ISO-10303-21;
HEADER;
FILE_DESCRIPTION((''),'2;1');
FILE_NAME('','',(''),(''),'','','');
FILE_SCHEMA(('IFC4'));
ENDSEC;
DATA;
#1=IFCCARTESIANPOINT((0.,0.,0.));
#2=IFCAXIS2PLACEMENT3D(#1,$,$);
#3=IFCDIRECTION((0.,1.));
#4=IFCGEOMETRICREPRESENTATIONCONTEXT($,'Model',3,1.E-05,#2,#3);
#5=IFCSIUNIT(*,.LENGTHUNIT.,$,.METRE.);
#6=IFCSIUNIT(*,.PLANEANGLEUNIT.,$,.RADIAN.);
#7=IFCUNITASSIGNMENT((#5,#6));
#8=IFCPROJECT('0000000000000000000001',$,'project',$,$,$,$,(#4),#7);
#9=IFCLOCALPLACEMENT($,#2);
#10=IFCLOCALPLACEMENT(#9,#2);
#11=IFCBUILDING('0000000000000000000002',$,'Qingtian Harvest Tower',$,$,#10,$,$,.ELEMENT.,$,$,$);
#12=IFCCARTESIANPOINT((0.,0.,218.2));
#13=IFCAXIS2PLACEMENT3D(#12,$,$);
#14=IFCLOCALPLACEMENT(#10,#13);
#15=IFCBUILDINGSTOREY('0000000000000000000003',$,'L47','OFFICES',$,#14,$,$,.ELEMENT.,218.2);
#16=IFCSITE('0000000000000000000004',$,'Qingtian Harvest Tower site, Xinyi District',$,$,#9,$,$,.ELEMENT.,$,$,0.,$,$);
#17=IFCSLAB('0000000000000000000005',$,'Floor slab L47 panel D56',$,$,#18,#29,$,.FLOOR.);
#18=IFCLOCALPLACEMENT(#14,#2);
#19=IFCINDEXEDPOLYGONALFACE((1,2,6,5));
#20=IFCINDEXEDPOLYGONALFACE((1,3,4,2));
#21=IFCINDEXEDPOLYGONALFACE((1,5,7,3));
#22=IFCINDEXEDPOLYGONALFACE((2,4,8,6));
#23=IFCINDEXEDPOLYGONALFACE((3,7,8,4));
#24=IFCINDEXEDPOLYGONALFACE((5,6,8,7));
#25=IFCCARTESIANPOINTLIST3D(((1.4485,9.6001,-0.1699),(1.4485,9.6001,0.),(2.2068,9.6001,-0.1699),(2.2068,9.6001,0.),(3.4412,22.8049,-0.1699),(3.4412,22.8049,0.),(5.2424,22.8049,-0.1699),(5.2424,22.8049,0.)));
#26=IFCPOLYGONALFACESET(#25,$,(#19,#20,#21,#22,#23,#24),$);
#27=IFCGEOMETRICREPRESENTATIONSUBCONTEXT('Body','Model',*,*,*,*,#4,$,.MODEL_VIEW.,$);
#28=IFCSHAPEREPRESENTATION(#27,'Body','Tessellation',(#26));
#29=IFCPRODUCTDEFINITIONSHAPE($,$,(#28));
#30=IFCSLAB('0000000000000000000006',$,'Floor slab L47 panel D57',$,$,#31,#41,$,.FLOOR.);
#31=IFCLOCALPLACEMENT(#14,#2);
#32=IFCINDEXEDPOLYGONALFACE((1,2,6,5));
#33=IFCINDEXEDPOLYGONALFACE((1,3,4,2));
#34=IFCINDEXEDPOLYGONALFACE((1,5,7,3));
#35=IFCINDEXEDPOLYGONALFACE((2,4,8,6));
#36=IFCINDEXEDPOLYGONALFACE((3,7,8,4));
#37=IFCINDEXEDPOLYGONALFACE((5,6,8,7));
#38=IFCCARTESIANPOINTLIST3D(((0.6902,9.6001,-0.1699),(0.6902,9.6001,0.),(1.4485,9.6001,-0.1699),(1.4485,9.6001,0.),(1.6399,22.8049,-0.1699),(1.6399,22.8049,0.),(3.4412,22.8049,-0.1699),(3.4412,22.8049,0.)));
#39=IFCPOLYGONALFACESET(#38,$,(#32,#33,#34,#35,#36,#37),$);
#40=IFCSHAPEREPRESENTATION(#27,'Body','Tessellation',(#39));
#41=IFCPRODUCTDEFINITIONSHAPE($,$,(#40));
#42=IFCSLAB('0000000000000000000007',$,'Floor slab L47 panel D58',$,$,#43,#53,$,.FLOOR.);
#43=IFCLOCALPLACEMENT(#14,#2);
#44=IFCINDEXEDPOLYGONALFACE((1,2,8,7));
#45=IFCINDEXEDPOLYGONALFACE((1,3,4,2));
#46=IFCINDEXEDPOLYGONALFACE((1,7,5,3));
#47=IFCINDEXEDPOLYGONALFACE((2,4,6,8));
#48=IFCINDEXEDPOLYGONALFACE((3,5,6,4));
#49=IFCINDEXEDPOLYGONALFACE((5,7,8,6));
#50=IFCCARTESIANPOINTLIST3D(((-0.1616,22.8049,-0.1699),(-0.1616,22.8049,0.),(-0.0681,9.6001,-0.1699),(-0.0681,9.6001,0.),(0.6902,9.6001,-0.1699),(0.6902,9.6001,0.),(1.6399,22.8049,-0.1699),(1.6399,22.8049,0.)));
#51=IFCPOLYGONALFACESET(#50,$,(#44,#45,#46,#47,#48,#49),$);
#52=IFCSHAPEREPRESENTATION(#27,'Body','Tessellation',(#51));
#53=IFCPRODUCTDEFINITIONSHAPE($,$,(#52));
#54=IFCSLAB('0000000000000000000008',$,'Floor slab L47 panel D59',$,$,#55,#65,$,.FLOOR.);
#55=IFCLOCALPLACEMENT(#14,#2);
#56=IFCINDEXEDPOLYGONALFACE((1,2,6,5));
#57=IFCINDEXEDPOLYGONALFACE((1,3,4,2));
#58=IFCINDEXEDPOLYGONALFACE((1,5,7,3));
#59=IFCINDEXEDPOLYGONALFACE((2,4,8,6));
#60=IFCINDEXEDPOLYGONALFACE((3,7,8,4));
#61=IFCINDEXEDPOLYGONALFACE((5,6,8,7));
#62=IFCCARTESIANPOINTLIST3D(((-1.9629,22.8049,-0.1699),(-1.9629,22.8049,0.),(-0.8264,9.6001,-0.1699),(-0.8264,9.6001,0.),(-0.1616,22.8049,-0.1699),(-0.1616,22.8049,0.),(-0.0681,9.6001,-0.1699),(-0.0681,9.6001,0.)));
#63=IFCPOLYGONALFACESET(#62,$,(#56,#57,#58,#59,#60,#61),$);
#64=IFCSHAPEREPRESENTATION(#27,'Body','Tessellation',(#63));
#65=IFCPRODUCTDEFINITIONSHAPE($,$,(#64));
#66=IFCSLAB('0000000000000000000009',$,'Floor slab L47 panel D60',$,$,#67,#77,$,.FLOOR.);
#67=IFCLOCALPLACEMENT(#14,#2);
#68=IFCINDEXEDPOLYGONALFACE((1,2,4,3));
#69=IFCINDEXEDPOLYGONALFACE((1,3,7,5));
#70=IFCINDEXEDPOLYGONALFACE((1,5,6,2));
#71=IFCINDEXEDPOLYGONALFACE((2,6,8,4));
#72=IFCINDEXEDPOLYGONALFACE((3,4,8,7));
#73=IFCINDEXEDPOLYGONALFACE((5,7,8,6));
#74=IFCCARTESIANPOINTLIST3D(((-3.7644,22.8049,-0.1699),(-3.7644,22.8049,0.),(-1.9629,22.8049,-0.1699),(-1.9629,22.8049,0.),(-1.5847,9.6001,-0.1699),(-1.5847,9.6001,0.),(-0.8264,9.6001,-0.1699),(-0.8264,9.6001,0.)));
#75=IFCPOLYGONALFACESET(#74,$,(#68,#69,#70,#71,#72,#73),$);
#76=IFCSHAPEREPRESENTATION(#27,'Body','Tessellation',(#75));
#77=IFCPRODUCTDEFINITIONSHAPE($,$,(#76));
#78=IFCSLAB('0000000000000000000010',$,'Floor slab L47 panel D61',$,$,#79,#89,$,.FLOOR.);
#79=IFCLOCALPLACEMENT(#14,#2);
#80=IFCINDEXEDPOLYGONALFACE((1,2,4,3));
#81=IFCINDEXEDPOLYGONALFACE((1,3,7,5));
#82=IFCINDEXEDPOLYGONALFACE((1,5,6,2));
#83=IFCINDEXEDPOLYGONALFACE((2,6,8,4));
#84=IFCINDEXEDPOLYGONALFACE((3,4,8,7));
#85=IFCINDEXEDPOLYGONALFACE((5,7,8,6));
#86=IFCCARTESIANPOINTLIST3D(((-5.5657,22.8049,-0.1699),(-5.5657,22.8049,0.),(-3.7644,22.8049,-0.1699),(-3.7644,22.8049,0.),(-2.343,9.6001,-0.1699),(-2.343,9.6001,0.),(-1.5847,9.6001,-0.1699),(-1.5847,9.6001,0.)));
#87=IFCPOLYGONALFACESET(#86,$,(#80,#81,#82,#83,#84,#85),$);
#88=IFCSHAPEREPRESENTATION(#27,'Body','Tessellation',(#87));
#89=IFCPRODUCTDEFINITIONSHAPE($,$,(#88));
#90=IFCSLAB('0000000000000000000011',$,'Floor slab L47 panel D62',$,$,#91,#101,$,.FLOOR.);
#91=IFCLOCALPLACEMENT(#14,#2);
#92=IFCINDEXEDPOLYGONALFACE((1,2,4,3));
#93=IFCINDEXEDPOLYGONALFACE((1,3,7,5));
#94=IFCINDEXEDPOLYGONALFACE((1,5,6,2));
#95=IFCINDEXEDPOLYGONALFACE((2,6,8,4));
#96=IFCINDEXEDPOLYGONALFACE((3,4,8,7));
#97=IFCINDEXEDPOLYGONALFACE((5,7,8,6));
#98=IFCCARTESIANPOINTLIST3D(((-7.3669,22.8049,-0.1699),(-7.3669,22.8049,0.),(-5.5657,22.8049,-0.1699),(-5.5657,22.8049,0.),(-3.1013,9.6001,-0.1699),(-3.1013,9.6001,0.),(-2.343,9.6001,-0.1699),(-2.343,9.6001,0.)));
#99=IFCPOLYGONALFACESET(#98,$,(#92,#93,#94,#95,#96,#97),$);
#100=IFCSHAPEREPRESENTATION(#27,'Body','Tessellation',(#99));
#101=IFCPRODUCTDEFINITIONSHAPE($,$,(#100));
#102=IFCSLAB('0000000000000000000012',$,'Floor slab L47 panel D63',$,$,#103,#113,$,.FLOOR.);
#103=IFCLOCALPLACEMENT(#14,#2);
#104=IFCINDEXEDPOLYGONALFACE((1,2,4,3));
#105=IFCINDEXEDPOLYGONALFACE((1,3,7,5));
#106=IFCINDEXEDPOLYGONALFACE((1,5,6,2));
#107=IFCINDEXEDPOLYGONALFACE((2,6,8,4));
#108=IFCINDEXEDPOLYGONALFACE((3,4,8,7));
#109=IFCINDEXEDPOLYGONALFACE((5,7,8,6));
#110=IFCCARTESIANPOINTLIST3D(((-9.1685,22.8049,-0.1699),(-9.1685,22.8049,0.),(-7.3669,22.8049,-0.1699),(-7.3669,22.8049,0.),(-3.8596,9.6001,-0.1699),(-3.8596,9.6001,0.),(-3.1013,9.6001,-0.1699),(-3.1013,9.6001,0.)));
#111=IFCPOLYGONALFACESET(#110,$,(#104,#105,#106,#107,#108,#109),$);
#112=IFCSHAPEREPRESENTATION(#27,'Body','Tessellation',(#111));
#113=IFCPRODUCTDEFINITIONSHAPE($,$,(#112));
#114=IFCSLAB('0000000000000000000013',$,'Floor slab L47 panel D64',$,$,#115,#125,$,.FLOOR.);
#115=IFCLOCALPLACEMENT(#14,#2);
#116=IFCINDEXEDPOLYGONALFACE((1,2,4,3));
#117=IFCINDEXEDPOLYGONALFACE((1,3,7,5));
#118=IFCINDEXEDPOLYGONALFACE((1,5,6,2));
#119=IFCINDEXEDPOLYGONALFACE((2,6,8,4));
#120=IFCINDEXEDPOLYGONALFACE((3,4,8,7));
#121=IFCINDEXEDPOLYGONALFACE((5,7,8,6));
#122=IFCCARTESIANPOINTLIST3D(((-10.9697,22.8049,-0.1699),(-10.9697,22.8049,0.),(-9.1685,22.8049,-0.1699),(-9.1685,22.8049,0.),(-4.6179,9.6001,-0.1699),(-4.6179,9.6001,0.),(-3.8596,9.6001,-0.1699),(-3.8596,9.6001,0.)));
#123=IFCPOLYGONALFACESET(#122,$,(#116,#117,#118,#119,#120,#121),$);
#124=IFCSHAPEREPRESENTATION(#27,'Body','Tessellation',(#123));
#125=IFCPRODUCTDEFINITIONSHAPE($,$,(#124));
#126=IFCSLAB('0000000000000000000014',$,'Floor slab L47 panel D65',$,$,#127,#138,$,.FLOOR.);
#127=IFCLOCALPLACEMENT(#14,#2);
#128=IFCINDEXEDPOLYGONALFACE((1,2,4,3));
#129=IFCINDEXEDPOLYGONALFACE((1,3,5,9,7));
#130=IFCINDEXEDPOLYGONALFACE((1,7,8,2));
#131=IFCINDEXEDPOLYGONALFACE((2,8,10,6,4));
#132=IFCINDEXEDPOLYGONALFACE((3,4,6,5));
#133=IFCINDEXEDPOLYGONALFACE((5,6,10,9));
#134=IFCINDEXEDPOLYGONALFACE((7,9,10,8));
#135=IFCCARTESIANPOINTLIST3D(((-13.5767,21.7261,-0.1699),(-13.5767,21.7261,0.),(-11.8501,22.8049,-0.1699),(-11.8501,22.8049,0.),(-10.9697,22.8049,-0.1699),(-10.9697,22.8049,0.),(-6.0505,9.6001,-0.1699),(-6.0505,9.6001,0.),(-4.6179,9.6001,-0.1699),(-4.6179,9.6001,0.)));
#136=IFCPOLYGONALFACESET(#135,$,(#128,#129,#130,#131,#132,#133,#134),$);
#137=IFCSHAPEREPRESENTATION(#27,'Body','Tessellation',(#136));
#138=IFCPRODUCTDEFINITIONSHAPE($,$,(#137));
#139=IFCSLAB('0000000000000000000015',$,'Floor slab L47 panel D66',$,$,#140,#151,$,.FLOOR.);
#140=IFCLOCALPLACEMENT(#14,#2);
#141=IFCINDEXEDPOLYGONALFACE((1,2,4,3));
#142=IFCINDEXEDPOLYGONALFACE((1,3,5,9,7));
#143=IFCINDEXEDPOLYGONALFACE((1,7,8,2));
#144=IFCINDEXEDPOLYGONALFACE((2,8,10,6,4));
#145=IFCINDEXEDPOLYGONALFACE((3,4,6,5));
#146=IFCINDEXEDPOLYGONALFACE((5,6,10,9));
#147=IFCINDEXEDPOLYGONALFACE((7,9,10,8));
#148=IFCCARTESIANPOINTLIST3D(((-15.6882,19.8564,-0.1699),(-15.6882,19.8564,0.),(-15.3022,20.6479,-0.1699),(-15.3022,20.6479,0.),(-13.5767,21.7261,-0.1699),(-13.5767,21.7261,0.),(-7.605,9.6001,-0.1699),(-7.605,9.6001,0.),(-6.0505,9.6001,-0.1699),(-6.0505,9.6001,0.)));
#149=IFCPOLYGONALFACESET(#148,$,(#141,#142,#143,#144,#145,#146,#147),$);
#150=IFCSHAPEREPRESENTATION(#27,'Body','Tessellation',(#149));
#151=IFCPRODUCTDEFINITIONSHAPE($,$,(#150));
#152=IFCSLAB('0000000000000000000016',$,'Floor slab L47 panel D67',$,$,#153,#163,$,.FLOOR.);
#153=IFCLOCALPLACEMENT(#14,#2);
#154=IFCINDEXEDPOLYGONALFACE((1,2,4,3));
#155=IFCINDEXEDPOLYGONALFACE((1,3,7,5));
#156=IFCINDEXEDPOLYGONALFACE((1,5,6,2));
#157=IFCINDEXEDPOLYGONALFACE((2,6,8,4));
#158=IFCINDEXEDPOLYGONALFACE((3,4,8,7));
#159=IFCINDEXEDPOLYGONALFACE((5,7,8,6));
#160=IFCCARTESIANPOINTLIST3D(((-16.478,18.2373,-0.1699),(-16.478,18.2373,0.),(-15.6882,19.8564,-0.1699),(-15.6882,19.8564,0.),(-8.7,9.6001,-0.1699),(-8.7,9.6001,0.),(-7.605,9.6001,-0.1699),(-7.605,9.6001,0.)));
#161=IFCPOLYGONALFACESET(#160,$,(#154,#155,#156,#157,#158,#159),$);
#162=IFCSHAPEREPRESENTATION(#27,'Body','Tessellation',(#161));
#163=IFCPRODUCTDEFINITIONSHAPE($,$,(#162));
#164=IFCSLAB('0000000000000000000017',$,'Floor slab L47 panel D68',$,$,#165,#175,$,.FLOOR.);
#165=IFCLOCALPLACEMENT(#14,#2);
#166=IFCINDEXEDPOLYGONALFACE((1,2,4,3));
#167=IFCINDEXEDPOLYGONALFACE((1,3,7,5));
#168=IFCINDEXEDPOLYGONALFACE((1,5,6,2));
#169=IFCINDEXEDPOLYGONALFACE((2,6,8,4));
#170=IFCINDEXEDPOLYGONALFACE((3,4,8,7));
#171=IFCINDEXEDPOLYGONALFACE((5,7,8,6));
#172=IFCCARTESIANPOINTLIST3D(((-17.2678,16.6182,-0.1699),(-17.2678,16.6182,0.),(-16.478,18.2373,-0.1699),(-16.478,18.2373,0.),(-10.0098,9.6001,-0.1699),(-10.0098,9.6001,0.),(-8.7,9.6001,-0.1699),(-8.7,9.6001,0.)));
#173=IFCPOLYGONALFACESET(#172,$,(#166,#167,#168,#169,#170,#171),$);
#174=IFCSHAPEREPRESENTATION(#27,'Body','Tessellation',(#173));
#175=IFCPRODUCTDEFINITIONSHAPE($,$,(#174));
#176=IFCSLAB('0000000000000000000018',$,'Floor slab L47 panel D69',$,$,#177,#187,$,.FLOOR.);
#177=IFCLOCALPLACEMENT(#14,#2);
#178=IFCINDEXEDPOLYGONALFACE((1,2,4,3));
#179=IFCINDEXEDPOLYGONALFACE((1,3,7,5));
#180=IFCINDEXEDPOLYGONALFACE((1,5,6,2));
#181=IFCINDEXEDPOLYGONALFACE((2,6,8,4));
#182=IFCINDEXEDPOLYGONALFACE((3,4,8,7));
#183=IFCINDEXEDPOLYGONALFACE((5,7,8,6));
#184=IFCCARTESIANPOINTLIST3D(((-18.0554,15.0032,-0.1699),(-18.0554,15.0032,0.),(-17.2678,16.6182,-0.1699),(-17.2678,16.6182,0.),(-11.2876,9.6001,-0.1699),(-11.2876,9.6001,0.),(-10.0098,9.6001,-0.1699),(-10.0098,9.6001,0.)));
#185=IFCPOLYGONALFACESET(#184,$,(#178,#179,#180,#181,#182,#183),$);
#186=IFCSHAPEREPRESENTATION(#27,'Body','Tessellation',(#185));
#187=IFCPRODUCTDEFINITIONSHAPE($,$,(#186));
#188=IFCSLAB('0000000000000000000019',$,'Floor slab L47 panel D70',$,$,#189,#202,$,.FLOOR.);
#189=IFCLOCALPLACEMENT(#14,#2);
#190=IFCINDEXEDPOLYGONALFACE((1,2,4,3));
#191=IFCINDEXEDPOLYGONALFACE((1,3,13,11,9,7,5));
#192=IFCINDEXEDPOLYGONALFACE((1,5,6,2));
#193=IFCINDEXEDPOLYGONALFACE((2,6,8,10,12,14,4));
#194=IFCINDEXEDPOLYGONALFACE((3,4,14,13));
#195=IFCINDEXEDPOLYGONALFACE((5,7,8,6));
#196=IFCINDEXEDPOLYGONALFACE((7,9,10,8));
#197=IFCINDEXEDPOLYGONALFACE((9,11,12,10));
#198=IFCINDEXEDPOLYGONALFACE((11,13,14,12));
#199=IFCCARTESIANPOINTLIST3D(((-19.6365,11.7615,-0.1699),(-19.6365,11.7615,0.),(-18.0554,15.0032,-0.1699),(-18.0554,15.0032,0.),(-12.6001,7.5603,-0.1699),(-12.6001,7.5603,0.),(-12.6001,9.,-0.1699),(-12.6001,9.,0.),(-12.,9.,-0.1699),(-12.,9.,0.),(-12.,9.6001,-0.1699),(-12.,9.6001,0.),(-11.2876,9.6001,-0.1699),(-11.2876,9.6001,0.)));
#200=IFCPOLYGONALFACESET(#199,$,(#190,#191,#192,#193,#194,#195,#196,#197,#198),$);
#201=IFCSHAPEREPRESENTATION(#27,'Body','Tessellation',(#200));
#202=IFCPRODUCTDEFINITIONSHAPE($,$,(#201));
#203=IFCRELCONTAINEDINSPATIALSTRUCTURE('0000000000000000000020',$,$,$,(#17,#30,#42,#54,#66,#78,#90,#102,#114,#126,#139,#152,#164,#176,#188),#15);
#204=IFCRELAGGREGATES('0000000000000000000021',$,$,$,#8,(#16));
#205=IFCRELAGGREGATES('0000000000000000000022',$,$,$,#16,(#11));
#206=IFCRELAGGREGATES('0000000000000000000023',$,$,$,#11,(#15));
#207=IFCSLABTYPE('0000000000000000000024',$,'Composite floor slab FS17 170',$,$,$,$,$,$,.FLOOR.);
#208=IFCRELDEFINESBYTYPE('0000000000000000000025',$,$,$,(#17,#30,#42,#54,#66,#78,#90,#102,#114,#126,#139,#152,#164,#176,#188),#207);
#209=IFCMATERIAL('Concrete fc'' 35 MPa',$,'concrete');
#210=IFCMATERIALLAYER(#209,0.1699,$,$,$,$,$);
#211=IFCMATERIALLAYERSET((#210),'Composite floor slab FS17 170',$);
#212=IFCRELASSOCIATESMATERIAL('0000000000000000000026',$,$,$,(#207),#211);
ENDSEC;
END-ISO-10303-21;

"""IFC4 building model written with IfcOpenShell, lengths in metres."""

from ifc_helpers import new_model, si_unit, direction, frame, origin, place, context, subcontext, project, spatial, polyline, outline, extrude, material, layer, layer_set, type_object, element, save


model = new_model("IFC4")

# Units and contexts
model_context = context("Model", 3, precision=1e-05, world=origin(), true_north=direction((0.0, 1.0)))
body_context = subcontext(model_context, "Body", "Model", "MODEL_VIEW")
ifc_project = project(units=[si_unit("LENGTHUNIT", "METRE"), si_unit("PLANEANGLEUNIT", "RADIAN")], contexts=[model_context])

# Site, building, storey
site_placement = place(None, origin())
site = spatial("IfcSite", under=ifc_project, at=site_placement, Name="Qingtian Harvest Tower site, Xinyi District", CompositionType="ELEMENT", RefElevation=0.0)
building_placement = place(site_placement, origin())
building = spatial("IfcBuilding", under=site, at=building_placement, Name="Qingtian Harvest Tower", CompositionType="ELEMENT")
storey_placement = place(building_placement, frame((0.0, 0.0, 218.2)))
storey = spatial("IfcBuildingStorey", under=building, at=storey_placement, Name="L47", Description="OFFICES", CompositionType="ELEMENT", Elevation=218.2)

# Slabs
ifc_material_1 = material(Name="Concrete fc' 35 MPa", Category="concrete")
ifc_layer_1 = layer(ifc_material_1, 0.1699)
ifc_layer_set_1 = layer_set([ifc_layer_1], Name="Composite floor slab FS17 170")
slab_type = type_object("IfcSlabType", Name="Composite floor slab FS17 170", PredefinedType="FLOOR", material=ifc_layer_set_1)
slab_1_placement = place(storey_placement, frame((0.0, 0.0, -0.1699)))
element("IfcSlab", 1, at=slab_1_placement, inside=storey, type_object=slab_type, Name="Floor slab L47 panel D56", PredefinedType="FLOOR", context=body_context, shape_type="SweptSolid", body=[
    extrude(outline(polyline([(1.4485, 9.6001), (3.4412, 22.8049), (5.2424, 22.8049), (2.2068, 9.6001), (1.4485, 9.6001)])), origin(), (0.0, 0.0, 1.0), 0.1699),
])
slab_2_placement = place(storey_placement, frame((0.0, 0.0, -0.1699)))
element("IfcSlab", 2, at=slab_2_placement, inside=storey, type_object=slab_type, Name="Floor slab L47 panel D57", PredefinedType="FLOOR", context=body_context, shape_type="SweptSolid", body=[
    extrude(outline(polyline([(0.6902, 9.6001), (1.6399, 22.8049), (3.4412, 22.8049), (1.4485, 9.6001), (0.6902, 9.6001)])), origin(), (0.0, 0.0, 1.0), 0.1699),
])
slab_3_placement = place(storey_placement, frame((0.0, 0.0, -0.1699)))
element("IfcSlab", 3, at=slab_3_placement, inside=storey, type_object=slab_type, Name="Floor slab L47 panel D58", PredefinedType="FLOOR", context=body_context, shape_type="SweptSolid", body=[
    extrude(outline(polyline([(-0.0681, 9.6001), (-0.1616, 22.8049), (1.6399, 22.8049), (0.6902, 9.6001), (-0.0681, 9.6001)])), origin(), (0.0, 0.0, 1.0), 0.1699),
])
slab_4_placement = place(storey_placement, frame((0.0, 0.0, -0.1699)))
element("IfcSlab", 4, at=slab_4_placement, inside=storey, type_object=slab_type, Name="Floor slab L47 panel D59", PredefinedType="FLOOR", context=body_context, shape_type="SweptSolid", body=[
    extrude(outline(polyline([(-0.8264, 9.6001), (-1.9629, 22.8049), (-0.1616, 22.8049), (-0.0681, 9.6001), (-0.8264, 9.6001)])), origin(), (0.0, 0.0, 1.0), 0.1699),
])
slab_5_placement = place(storey_placement, frame((0.0, 0.0, -0.1699)))
element("IfcSlab", 5, at=slab_5_placement, inside=storey, type_object=slab_type, Name="Floor slab L47 panel D60", PredefinedType="FLOOR", context=body_context, shape_type="SweptSolid", body=[
    extrude(outline(polyline([(-1.5847, 9.6001), (-3.7644, 22.8049), (-1.9629, 22.8049), (-0.8264, 9.6001), (-1.5847, 9.6001)])), origin(), (0.0, 0.0, 1.0), 0.1699),
])
slab_6_placement = place(storey_placement, frame((0.0, 0.0, -0.1699)))
element("IfcSlab", 6, at=slab_6_placement, inside=storey, type_object=slab_type, Name="Floor slab L47 panel D61", PredefinedType="FLOOR", context=body_context, shape_type="SweptSolid", body=[
    extrude(outline(polyline([(-2.343, 9.6001), (-5.5657, 22.8049), (-3.7644, 22.8049), (-1.5847, 9.6001), (-2.343, 9.6001)])), origin(), (0.0, 0.0, 1.0), 0.1699),
])
slab_7_placement = place(storey_placement, frame((0.0, 0.0, -0.1699)))
element("IfcSlab", 7, at=slab_7_placement, inside=storey, type_object=slab_type, Name="Floor slab L47 panel D62", PredefinedType="FLOOR", context=body_context, shape_type="SweptSolid", body=[
    extrude(outline(polyline([(-3.1013, 9.6001), (-7.3669, 22.8049), (-5.5657, 22.8049), (-2.343, 9.6001), (-3.1013, 9.6001)])), origin(), (0.0, 0.0, 1.0), 0.1699),
])
slab_8_placement = place(storey_placement, frame((0.0, 0.0, -0.1699)))
element("IfcSlab", 8, at=slab_8_placement, inside=storey, type_object=slab_type, Name="Floor slab L47 panel D63", PredefinedType="FLOOR", context=body_context, shape_type="SweptSolid", body=[
    extrude(outline(polyline([(-3.8596, 9.6001), (-9.1685, 22.8049), (-7.3669, 22.8049), (-3.1013, 9.6001), (-3.8596, 9.6001)])), origin(), (0.0, 0.0, 1.0), 0.1699),
])
slab_9_placement = place(storey_placement, frame((0.0, 0.0, -0.1699)))
element("IfcSlab", 9, at=slab_9_placement, inside=storey, type_object=slab_type, Name="Floor slab L47 panel D64", PredefinedType="FLOOR", context=body_context, shape_type="SweptSolid", body=[
    extrude(outline(polyline([(-4.6179, 9.6001), (-10.9697, 22.8049), (-9.1685, 22.8049), (-3.8596, 9.6001), (-4.6179, 9.6001)])), origin(), (0.0, 0.0, 1.0), 0.1699),
])
slab_10_placement = place(storey_placement, frame((0.0, 0.0, -0.1699)))
element("IfcSlab", 10, at=slab_10_placement, inside=storey, type_object=slab_type, Name="Floor slab L47 panel D65", PredefinedType="FLOOR", context=body_context, shape_type="SweptSolid", body=[
    extrude(outline(polyline([(-4.6179, 9.6001), (-6.0505, 9.6001), (-13.5767, 21.7261), (-11.8501, 22.8049), (-10.9697, 22.8049), (-4.6179, 9.6001)])), origin(), (0.0, 0.0, 1.0), 0.1699),
])
slab_11_placement = place(storey_placement, frame((0.0, 0.0, -0.1699)))
element("IfcSlab", 11, at=slab_11_placement, inside=storey, type_object=slab_type, Name="Floor slab L47 panel D66", PredefinedType="FLOOR", context=body_context, shape_type="SweptSolid", body=[
    extrude(outline(polyline([(-6.0505, 9.6001), (-7.605, 9.6001), (-15.6882, 19.8564), (-15.3022, 20.6479), (-13.5767, 21.7261), (-6.0505, 9.6001)])), origin(), (0.0, 0.0, 1.0), 0.1699),
])
slab_12_placement = place(storey_placement, frame((0.0, 0.0, -0.1699)))
element("IfcSlab", 12, at=slab_12_placement, inside=storey, type_object=slab_type, Name="Floor slab L47 panel D67", PredefinedType="FLOOR", context=body_context, shape_type="SweptSolid", body=[
    extrude(outline(polyline([(-8.7, 9.6001), (-16.478, 18.2373), (-15.6882, 19.8564), (-7.605, 9.6001), (-8.7, 9.6001)])), origin(), (0.0, 0.0, 1.0), 0.1699),
])
slab_13_placement = place(storey_placement, frame((0.0, 0.0, -0.1699)))
element("IfcSlab", 13, at=slab_13_placement, inside=storey, type_object=slab_type, Name="Floor slab L47 panel D68", PredefinedType="FLOOR", context=body_context, shape_type="SweptSolid", body=[
    extrude(outline(polyline([(-10.0098, 9.6001), (-17.2678, 16.6182), (-16.478, 18.2373), (-8.7, 9.6001), (-10.0098, 9.6001)])), origin(), (0.0, 0.0, 1.0), 0.1699),
])
slab_14_placement = place(storey_placement, frame((0.0, 0.0, -0.1699)))
element("IfcSlab", 14, at=slab_14_placement, inside=storey, type_object=slab_type, Name="Floor slab L47 panel D69", PredefinedType="FLOOR", context=body_context, shape_type="SweptSolid", body=[
    extrude(outline(polyline([(-11.2876, 9.6001), (-18.0554, 15.0032), (-17.2678, 16.6182), (-10.0098, 9.6001), (-11.2876, 9.6001)])), origin(), (0.0, 0.0, 1.0), 0.1699),
])
slab_15_placement = place(storey_placement, frame((0.0, 0.0, -0.1699)))
element("IfcSlab", 15, at=slab_15_placement, inside=storey, type_object=slab_type, Name="Floor slab L47 panel D70", PredefinedType="FLOOR", context=body_context, shape_type="SweptSolid", body=[
    extrude(outline(polyline([(-12.0, 9.0), (-12.6001, 9.0), (-12.6001, 7.5603), (-19.6365, 11.7615), (-18.0554, 15.0032), (-11.2876, 9.6001), (-12.0, 9.6001), (-12.0, 9.0)])), origin(), (0.0, 0.0, 1.0), 0.1699),
])

save(model, "model.ifc")
